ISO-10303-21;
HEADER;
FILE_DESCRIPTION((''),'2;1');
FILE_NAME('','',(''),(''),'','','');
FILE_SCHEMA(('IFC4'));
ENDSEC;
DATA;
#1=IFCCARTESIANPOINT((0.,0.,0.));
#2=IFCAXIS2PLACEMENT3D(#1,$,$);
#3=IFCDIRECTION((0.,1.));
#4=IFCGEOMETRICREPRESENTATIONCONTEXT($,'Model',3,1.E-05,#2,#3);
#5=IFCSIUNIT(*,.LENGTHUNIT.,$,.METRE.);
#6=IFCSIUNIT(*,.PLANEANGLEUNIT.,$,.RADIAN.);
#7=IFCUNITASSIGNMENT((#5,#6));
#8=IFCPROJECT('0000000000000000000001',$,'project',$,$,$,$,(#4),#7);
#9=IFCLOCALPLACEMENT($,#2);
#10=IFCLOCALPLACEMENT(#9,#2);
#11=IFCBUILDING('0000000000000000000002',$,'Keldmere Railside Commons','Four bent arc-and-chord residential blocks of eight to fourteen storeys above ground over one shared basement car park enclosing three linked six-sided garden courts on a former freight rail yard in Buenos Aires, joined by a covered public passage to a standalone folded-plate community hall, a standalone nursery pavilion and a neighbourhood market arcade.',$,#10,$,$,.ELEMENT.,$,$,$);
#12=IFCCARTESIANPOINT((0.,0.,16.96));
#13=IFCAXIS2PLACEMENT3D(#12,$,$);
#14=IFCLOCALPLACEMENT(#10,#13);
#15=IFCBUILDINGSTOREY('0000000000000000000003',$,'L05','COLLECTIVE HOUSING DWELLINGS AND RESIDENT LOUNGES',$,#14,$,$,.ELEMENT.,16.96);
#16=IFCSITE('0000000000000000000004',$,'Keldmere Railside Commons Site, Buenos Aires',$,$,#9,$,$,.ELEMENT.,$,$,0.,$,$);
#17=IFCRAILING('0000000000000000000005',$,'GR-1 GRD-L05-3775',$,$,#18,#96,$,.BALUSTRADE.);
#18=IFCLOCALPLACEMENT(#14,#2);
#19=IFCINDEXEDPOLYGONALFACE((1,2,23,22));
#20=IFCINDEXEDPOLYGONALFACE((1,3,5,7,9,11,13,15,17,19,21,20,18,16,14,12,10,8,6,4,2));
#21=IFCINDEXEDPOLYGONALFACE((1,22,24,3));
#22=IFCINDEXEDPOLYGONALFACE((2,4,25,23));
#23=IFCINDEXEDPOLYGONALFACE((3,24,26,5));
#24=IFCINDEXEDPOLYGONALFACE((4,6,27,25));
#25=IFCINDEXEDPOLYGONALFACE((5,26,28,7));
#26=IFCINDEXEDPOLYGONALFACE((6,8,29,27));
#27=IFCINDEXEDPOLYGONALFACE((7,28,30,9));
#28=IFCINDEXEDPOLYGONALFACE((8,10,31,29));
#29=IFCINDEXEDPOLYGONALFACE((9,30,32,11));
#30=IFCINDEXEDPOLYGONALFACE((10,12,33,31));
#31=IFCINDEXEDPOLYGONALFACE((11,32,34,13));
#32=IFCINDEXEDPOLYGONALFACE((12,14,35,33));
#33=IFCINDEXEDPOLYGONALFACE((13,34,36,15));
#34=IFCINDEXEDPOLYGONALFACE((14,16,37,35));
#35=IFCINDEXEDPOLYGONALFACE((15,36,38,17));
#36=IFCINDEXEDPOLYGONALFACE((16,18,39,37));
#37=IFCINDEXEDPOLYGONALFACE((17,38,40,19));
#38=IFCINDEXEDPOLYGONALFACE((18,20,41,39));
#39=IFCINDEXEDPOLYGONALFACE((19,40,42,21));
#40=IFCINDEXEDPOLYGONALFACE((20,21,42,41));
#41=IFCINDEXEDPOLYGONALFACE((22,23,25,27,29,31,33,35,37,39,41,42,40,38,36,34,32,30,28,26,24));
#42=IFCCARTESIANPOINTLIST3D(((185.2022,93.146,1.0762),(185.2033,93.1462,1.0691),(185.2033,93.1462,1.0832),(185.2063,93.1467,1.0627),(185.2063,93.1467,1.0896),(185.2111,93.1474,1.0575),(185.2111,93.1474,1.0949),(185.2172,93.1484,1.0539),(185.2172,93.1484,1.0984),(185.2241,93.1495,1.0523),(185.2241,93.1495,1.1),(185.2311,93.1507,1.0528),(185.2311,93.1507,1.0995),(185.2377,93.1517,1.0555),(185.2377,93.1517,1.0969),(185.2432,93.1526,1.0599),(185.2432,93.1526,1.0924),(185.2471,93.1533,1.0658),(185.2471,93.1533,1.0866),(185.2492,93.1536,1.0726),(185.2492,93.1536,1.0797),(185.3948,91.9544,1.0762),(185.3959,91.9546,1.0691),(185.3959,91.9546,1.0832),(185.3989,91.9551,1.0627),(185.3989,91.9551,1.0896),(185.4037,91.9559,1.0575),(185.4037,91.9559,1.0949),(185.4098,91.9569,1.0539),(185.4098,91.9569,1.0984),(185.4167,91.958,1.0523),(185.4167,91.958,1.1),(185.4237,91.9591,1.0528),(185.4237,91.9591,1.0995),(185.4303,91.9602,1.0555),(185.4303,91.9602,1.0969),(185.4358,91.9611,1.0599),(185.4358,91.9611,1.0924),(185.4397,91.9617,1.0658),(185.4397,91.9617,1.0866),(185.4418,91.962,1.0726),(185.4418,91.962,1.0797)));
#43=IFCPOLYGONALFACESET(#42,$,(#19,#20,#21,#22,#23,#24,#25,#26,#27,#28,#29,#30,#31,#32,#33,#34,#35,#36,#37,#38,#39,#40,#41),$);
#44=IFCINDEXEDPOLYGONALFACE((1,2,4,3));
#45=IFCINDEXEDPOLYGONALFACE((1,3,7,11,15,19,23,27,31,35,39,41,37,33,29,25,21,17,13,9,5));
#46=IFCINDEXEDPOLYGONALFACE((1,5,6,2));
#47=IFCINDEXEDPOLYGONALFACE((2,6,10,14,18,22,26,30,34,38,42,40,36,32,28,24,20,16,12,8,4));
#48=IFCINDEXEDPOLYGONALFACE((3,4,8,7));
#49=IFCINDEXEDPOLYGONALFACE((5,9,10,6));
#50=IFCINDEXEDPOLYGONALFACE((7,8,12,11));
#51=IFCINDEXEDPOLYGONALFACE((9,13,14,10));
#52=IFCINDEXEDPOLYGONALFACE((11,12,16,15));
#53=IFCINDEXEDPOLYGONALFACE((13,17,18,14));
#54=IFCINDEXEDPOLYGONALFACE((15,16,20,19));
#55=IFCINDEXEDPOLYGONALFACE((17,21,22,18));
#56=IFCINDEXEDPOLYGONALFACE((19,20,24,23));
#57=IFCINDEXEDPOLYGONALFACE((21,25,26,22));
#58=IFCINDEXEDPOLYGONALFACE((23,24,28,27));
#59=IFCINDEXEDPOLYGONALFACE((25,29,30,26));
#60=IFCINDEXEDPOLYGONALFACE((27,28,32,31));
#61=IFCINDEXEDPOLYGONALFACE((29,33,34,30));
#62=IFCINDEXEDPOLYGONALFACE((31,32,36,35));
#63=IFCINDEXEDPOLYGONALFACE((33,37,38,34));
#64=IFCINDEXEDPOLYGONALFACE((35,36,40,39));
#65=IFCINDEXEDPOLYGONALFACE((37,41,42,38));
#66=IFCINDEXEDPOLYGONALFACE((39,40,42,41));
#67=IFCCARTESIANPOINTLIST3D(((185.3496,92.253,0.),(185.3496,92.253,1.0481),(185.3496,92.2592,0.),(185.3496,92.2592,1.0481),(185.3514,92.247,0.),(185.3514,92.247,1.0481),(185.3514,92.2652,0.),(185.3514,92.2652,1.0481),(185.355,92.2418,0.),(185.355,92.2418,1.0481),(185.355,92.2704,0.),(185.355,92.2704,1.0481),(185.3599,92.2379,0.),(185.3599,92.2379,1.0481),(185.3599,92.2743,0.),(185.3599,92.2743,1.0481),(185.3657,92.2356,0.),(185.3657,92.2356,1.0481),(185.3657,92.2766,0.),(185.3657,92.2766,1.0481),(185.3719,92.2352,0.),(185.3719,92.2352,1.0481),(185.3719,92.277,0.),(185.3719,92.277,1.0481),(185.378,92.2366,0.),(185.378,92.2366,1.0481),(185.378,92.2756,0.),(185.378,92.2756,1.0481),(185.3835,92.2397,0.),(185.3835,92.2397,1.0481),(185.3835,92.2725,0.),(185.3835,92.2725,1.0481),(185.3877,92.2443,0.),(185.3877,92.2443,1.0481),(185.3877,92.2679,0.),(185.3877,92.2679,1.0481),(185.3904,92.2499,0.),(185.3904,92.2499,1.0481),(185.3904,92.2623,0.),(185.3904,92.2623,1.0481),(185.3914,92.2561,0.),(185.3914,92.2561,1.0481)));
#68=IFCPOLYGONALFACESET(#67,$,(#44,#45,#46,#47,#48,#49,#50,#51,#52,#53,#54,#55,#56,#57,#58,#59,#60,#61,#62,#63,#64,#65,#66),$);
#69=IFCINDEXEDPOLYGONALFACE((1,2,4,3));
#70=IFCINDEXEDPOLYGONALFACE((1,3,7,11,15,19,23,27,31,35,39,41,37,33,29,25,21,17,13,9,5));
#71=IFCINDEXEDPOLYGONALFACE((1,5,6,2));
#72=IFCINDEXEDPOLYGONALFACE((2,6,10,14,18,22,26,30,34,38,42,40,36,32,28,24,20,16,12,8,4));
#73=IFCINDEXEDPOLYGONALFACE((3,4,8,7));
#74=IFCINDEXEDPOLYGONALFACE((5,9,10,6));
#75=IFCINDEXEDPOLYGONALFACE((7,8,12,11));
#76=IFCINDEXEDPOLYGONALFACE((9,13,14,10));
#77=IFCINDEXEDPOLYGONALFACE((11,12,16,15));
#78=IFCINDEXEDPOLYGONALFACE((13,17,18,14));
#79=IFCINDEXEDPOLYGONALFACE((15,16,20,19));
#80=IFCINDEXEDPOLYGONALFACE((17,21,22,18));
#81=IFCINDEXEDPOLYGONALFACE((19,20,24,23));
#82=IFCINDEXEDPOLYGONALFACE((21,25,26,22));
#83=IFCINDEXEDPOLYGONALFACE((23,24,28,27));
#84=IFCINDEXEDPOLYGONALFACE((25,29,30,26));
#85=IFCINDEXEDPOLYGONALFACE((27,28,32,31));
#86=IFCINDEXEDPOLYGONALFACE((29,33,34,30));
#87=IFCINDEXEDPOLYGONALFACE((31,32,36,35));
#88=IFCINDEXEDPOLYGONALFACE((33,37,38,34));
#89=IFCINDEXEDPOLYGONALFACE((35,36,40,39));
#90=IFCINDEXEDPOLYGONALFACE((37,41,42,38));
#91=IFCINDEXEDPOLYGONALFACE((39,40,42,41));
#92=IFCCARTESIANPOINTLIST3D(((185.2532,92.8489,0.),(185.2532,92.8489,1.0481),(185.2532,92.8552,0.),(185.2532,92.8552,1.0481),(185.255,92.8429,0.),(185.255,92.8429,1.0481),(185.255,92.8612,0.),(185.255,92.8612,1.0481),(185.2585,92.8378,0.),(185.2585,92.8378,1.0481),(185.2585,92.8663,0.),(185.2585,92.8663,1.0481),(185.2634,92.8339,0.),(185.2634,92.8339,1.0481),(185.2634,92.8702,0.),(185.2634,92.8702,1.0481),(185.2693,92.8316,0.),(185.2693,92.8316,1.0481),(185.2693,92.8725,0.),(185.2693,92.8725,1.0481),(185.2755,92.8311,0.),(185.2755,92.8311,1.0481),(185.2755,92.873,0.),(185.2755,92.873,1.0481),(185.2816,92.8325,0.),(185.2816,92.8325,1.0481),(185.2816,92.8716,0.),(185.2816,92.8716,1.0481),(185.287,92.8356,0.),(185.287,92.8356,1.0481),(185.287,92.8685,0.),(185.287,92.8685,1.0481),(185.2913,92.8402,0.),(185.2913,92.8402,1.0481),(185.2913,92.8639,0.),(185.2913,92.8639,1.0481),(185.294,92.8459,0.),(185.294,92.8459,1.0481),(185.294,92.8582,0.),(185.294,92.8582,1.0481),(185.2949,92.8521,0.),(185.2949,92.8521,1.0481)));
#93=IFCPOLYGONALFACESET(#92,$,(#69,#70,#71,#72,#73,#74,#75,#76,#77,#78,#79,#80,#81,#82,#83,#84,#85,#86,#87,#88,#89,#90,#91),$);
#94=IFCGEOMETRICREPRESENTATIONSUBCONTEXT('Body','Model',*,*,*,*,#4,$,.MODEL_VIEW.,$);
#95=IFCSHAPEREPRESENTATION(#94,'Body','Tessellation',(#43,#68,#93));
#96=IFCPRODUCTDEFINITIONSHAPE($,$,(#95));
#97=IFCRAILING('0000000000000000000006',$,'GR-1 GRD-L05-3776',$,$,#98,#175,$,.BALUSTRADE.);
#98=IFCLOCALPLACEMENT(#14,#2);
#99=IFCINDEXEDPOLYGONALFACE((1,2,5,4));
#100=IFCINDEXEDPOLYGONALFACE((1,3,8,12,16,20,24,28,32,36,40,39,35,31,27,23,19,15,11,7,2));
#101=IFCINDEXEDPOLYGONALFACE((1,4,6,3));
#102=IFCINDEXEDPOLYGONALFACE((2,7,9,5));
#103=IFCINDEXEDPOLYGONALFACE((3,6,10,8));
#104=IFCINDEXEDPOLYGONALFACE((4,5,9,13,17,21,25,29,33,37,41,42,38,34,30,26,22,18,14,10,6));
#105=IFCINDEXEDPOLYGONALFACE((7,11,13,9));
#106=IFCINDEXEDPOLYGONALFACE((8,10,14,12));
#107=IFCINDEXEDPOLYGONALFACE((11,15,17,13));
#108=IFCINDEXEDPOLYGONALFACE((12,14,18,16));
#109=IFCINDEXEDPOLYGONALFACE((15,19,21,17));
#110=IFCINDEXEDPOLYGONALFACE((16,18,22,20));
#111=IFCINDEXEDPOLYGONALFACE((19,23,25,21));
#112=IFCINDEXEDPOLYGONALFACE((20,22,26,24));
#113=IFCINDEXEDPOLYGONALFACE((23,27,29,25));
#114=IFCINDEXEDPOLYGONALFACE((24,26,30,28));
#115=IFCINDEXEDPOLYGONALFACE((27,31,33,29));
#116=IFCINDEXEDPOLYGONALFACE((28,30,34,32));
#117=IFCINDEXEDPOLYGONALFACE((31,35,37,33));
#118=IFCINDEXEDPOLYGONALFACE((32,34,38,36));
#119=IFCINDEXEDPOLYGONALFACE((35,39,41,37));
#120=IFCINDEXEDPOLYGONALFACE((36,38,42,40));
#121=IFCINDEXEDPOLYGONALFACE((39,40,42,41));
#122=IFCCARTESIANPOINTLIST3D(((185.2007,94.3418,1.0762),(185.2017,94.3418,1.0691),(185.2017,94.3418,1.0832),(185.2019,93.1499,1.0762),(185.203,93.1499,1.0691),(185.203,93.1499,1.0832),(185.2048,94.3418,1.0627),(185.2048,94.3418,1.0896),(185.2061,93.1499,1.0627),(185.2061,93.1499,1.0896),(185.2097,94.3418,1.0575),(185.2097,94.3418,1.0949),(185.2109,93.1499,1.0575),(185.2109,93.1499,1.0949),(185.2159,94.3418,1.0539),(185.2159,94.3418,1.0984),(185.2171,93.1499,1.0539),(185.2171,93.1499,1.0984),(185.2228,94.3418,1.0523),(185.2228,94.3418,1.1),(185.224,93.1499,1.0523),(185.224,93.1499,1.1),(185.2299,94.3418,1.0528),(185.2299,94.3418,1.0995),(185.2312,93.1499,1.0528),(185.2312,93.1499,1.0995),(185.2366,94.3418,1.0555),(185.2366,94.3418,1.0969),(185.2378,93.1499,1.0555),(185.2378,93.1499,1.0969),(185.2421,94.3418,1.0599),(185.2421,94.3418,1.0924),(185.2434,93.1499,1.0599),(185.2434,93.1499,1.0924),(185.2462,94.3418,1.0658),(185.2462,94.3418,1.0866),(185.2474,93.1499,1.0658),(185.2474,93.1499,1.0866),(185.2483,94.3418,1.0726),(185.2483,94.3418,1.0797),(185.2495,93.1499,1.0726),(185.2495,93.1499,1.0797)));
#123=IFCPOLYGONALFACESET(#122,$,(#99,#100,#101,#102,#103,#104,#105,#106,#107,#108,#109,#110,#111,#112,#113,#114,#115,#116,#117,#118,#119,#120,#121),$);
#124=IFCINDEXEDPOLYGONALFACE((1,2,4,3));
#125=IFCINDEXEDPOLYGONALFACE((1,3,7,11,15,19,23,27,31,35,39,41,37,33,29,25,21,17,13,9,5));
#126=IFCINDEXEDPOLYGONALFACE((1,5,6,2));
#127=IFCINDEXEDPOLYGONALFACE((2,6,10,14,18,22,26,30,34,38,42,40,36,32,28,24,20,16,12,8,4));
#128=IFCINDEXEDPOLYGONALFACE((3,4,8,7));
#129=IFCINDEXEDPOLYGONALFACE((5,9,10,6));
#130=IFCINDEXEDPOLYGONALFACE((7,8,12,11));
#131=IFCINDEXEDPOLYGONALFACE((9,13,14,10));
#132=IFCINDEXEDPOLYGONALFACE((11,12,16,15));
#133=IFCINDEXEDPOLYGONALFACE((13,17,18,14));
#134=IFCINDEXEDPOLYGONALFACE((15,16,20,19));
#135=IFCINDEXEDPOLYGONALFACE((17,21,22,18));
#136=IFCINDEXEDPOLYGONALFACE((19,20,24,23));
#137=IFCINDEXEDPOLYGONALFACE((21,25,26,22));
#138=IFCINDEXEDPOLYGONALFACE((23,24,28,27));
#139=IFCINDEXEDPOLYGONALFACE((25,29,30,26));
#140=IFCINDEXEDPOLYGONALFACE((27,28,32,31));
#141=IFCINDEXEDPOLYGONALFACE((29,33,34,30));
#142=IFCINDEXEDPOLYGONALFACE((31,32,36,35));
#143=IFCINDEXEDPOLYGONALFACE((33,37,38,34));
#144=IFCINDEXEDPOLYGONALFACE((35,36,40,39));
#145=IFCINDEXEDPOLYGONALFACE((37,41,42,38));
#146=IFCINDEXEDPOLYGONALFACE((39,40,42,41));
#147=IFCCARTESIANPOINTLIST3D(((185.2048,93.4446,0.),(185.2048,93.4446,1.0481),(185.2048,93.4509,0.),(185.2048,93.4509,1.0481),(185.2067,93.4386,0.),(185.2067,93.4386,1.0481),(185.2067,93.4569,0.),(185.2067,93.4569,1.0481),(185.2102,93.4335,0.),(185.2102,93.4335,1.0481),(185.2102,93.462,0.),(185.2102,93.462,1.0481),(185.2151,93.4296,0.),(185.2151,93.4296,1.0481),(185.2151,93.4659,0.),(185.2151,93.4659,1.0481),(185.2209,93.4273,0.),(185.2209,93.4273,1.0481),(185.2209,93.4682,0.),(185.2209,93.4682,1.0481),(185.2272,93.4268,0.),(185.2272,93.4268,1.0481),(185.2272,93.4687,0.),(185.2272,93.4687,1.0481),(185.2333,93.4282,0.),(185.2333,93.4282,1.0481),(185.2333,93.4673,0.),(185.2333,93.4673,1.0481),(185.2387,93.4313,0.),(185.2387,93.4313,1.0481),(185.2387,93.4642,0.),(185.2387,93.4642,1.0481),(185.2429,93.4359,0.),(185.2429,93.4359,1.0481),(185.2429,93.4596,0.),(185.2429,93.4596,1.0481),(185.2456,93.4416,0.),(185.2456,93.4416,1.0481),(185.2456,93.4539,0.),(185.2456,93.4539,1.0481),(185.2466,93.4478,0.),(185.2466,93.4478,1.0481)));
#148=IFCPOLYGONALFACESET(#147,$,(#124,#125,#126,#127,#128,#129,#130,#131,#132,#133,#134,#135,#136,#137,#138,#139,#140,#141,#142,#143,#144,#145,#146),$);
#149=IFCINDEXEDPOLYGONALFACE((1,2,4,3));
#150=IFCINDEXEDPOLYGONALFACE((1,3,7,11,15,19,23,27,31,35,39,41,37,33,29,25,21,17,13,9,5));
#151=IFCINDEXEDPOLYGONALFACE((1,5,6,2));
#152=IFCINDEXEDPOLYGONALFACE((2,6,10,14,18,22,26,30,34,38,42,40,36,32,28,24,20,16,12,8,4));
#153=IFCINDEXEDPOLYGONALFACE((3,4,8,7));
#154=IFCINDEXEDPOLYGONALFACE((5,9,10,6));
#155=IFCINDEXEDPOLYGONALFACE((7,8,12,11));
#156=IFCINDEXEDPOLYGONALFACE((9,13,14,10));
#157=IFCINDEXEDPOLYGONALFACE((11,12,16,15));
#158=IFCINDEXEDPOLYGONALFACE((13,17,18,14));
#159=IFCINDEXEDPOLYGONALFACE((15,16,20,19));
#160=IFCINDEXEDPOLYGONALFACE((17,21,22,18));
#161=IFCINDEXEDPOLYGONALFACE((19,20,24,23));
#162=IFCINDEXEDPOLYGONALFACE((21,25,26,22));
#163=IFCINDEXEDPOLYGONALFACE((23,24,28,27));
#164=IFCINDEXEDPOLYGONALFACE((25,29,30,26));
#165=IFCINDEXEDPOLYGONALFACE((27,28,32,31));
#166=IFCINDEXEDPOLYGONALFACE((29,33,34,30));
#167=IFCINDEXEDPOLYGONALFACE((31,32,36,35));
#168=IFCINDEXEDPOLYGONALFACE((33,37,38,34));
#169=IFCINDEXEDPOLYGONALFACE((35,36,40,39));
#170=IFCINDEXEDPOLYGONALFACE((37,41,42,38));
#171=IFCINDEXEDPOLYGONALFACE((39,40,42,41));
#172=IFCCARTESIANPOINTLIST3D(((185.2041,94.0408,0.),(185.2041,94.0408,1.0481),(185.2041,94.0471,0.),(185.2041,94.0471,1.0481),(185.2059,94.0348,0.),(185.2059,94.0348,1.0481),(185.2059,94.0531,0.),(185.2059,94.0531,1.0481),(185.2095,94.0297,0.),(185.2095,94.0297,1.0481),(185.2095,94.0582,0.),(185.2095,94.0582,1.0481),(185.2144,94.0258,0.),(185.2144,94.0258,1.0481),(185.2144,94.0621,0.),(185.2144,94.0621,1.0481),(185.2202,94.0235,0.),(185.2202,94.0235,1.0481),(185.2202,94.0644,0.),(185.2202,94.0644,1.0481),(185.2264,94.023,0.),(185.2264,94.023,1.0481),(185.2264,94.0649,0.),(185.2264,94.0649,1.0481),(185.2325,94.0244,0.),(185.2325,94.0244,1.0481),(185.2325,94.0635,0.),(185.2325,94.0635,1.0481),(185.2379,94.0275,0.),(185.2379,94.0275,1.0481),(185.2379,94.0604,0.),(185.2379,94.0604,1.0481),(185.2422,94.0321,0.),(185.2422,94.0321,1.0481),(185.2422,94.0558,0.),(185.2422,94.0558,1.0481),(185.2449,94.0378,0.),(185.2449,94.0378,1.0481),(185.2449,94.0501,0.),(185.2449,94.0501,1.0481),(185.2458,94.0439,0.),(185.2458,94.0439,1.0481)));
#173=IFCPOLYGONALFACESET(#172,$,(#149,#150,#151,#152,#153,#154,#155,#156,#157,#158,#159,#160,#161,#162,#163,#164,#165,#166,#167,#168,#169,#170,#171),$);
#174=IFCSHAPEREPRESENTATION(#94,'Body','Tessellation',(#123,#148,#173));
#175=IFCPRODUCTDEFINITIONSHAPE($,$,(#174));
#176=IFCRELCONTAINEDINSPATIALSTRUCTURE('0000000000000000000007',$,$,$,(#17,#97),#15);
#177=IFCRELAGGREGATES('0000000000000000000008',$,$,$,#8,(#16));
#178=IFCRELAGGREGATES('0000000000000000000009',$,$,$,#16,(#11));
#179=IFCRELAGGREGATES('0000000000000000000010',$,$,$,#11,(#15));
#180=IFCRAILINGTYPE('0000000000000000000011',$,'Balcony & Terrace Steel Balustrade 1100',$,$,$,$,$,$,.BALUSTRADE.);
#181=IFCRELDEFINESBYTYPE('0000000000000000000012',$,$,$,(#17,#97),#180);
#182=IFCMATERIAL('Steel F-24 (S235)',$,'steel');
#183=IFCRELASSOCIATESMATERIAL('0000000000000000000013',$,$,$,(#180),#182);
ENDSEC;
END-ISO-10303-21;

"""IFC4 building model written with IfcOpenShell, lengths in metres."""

from ifc_helpers import new_model, si_unit, direction, frame, origin, origin_2d, place, context, subcontext, project, spatial, circle, extrude, material, type_object, element, save


model = new_model("IFC4")

# Units and contexts
model_context = context("Model", 3, precision=1e-05, world=origin(), true_north=direction((0.0, 1.0)))
body_context = subcontext(model_context, "Body", "Model", "MODEL_VIEW")
ifc_project = project(units=[si_unit("LENGTHUNIT", "METRE"), si_unit("PLANEANGLEUNIT", "RADIAN")], contexts=[model_context])

# Site, building, storey
site_placement = place(None, origin())
site = spatial("IfcSite", under=ifc_project, at=site_placement, Name="Keldmere Railside Commons Site, Buenos Aires", CompositionType="ELEMENT", RefElevation=0.0)
building_placement = place(site_placement, origin())
building = spatial("IfcBuilding", under=site, at=building_placement, Name="Keldmere Railside Commons", Description="Four bent arc-and-chord residential blocks of eight to fourteen storeys above ground over one shared basement car park enclosing three linked six-sided garden courts on a former freight rail yard in Buenos Aires, joined by a covered public passage to a standalone folded-plate community hall, a standalone nursery pavilion and a neighbourhood market arcade.", CompositionType="ELEMENT")
storey_placement = place(building_placement, frame((0.0, 0.0, 16.96)))
storey = spatial("IfcBuildingStorey", under=building, at=storey_placement, Name="L05", Description="COLLECTIVE HOUSING DWELLINGS AND RESIDENT LOUNGES", CompositionType="ELEMENT", Elevation=16.96)

# Railings
ifc_material_1 = material(Name="Steel F-24 (S235)", Category="steel")
railing_type = type_object("IfcRailingType", Name="Balcony & Terrace Steel Balustrade 1100", PredefinedType="BALUSTRADE", material=ifc_material_1)
railing_1_placement = place(storey_placement, frame((185.4185, 91.9583, 0.0)))
element("IfcRailing", 1, at=railing_1_placement, inside=storey, type_object=railing_type, Name="GR-1 GRD-L05-3775", PredefinedType="BALUSTRADE", context=body_context, shape_type="SweptSolid", body=[
    extrude(circle(Radius=0.0239, at=origin_2d()), frame((0.0, 0.0, 1.0762), z_axis=(-0.159576, 0.987186, 0.0), x_axis=(-0.987186, -0.159576, 0.0)), (0.0, 0.0, 1.0), 1.207),
    extrude(circle(Radius=0.021, at=origin_2d()), frame((-0.0481, 0.2979, 0.0)), (0.0, 0.0, 1.0), 1.0481),
    extrude(circle(Radius=0.021, at=origin_2d()), frame((-0.1445, 0.8938, 0.0)), (0.0, 0.0, 1.0), 1.0481),
])
railing_2_placement = place(storey_placement, frame((185.2258, 93.1499, 0.0)))
element("IfcRailing", 2, at=railing_2_placement, inside=storey, type_object=railing_type, Name="GR-1 GRD-L05-3776", PredefinedType="BALUSTRADE", context=body_context, shape_type="SweptSolid", body=[
    extrude(circle(Radius=0.0239, at=origin_2d()), frame((0.0, 0.0, 1.0762), z_axis=(-0.001024, 0.999999, 0.0), x_axis=(-0.999999, -0.001024, 0.0)), (0.0, 0.0, 1.0), 1.1919),
    extrude(circle(Radius=0.021, at=origin_2d()), frame((-0.0002, 0.2979, 0.0)), (0.0, 0.0, 1.0), 1.0481),
    extrude(circle(Radius=0.021, at=origin_2d()), frame((-0.001, 0.894, 0.0)), (0.0, 0.0, 1.0), 1.0481),
])

save(model, "model.ifc")
